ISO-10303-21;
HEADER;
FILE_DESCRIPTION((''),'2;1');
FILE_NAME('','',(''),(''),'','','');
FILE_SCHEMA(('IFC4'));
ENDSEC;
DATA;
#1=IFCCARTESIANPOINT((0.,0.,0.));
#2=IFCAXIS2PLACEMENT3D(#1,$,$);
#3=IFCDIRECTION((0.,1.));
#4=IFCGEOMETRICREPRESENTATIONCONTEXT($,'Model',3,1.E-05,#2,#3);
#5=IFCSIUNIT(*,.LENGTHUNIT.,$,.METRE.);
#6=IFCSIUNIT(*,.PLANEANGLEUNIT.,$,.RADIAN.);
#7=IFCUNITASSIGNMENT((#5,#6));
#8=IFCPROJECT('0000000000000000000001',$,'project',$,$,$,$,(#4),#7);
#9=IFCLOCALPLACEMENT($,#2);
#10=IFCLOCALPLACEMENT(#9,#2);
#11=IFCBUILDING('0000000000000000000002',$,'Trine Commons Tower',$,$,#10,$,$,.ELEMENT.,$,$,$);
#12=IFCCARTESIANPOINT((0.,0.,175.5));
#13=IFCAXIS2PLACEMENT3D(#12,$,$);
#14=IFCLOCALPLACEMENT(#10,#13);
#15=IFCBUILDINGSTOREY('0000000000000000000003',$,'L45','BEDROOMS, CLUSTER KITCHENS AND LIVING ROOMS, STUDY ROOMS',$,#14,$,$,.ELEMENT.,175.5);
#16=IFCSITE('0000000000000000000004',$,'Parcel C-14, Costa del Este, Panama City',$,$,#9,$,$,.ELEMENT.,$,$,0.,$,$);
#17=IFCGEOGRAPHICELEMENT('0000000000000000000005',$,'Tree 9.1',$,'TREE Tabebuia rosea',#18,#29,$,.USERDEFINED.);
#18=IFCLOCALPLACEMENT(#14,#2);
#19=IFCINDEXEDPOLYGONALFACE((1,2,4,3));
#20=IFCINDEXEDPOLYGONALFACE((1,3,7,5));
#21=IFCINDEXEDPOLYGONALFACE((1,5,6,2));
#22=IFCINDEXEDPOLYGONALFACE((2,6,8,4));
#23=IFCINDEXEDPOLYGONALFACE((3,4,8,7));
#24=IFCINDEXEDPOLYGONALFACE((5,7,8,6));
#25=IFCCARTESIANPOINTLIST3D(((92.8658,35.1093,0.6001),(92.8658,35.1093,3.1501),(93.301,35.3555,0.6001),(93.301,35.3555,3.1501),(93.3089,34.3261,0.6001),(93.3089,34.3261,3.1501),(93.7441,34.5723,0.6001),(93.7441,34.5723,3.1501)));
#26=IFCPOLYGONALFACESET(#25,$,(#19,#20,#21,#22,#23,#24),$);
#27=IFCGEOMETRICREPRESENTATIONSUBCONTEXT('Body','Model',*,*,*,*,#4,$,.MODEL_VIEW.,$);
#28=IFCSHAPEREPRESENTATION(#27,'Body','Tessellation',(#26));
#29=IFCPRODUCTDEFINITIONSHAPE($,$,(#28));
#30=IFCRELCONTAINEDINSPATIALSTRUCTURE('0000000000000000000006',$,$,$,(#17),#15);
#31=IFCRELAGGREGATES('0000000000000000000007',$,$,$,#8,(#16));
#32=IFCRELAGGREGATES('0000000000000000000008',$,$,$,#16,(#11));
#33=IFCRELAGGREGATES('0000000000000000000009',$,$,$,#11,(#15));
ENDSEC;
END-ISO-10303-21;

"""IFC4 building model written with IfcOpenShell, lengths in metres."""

from ifc_helpers import new_model, si_unit, direction, frame, origin, origin_2d, place, context, subcontext, project, spatial, rectangle, extrude, element, save


model = new_model("IFC4")

# Units and contexts
model_context = context("Model", 3, precision=1e-05, world=origin(), true_north=direction((0.0, 1.0)))
body_context = subcontext(model_context, "Body", "Model", "MODEL_VIEW")
ifc_project = project(units=[si_unit("LENGTHUNIT", "METRE"), si_unit("PLANEANGLEUNIT", "RADIAN")], contexts=[model_context])

# Site, building, storey
site_placement = place(None, origin())
site = spatial("IfcSite", under=ifc_project, at=site_placement, Name="Parcel C-14, Costa del Este, Panama City", CompositionType="ELEMENT", RefElevation=0.0)
building_placement = place(site_placement, origin())
building = spatial("IfcBuilding", under=site, at=building_placement, Name="Trine Commons Tower", CompositionType="ELEMENT")
storey_placement = place(building_placement, frame((0.0, 0.0, 175.5)))
storey = spatial("IfcBuildingStorey", under=building, at=storey_placement, Name="L45", Description="BEDROOMS, CLUSTER KITCHENS AND LIVING ROOMS, STUDY ROOMS", CompositionType="ELEMENT", Elevation=175.5)

# Geographic element
for number, where, z_axis, x_axis, name in (
    (1, (93.3049, 34.8408, 0.6001), (0.0, 0.0, 1.0), (0.492421, -0.870357, 0.0), "Tree 9.1"),
):
    element("IfcGeographicElement", number, at=place(storey_placement, frame(where, z_axis=z_axis, x_axis=x_axis)), inside=storey, Name=name, ObjectType="TREE Tabebuia rosea", PredefinedType="USERDEFINED", context=body_context, shape_type="SweptSolid", body=[
        extrude(rectangle(XDim=0.8999, YDim=0.5, at=origin_2d()), origin(), (0.0, 0.0, 1.0), 2.55),
    ])

save(model, "model.ifc")
